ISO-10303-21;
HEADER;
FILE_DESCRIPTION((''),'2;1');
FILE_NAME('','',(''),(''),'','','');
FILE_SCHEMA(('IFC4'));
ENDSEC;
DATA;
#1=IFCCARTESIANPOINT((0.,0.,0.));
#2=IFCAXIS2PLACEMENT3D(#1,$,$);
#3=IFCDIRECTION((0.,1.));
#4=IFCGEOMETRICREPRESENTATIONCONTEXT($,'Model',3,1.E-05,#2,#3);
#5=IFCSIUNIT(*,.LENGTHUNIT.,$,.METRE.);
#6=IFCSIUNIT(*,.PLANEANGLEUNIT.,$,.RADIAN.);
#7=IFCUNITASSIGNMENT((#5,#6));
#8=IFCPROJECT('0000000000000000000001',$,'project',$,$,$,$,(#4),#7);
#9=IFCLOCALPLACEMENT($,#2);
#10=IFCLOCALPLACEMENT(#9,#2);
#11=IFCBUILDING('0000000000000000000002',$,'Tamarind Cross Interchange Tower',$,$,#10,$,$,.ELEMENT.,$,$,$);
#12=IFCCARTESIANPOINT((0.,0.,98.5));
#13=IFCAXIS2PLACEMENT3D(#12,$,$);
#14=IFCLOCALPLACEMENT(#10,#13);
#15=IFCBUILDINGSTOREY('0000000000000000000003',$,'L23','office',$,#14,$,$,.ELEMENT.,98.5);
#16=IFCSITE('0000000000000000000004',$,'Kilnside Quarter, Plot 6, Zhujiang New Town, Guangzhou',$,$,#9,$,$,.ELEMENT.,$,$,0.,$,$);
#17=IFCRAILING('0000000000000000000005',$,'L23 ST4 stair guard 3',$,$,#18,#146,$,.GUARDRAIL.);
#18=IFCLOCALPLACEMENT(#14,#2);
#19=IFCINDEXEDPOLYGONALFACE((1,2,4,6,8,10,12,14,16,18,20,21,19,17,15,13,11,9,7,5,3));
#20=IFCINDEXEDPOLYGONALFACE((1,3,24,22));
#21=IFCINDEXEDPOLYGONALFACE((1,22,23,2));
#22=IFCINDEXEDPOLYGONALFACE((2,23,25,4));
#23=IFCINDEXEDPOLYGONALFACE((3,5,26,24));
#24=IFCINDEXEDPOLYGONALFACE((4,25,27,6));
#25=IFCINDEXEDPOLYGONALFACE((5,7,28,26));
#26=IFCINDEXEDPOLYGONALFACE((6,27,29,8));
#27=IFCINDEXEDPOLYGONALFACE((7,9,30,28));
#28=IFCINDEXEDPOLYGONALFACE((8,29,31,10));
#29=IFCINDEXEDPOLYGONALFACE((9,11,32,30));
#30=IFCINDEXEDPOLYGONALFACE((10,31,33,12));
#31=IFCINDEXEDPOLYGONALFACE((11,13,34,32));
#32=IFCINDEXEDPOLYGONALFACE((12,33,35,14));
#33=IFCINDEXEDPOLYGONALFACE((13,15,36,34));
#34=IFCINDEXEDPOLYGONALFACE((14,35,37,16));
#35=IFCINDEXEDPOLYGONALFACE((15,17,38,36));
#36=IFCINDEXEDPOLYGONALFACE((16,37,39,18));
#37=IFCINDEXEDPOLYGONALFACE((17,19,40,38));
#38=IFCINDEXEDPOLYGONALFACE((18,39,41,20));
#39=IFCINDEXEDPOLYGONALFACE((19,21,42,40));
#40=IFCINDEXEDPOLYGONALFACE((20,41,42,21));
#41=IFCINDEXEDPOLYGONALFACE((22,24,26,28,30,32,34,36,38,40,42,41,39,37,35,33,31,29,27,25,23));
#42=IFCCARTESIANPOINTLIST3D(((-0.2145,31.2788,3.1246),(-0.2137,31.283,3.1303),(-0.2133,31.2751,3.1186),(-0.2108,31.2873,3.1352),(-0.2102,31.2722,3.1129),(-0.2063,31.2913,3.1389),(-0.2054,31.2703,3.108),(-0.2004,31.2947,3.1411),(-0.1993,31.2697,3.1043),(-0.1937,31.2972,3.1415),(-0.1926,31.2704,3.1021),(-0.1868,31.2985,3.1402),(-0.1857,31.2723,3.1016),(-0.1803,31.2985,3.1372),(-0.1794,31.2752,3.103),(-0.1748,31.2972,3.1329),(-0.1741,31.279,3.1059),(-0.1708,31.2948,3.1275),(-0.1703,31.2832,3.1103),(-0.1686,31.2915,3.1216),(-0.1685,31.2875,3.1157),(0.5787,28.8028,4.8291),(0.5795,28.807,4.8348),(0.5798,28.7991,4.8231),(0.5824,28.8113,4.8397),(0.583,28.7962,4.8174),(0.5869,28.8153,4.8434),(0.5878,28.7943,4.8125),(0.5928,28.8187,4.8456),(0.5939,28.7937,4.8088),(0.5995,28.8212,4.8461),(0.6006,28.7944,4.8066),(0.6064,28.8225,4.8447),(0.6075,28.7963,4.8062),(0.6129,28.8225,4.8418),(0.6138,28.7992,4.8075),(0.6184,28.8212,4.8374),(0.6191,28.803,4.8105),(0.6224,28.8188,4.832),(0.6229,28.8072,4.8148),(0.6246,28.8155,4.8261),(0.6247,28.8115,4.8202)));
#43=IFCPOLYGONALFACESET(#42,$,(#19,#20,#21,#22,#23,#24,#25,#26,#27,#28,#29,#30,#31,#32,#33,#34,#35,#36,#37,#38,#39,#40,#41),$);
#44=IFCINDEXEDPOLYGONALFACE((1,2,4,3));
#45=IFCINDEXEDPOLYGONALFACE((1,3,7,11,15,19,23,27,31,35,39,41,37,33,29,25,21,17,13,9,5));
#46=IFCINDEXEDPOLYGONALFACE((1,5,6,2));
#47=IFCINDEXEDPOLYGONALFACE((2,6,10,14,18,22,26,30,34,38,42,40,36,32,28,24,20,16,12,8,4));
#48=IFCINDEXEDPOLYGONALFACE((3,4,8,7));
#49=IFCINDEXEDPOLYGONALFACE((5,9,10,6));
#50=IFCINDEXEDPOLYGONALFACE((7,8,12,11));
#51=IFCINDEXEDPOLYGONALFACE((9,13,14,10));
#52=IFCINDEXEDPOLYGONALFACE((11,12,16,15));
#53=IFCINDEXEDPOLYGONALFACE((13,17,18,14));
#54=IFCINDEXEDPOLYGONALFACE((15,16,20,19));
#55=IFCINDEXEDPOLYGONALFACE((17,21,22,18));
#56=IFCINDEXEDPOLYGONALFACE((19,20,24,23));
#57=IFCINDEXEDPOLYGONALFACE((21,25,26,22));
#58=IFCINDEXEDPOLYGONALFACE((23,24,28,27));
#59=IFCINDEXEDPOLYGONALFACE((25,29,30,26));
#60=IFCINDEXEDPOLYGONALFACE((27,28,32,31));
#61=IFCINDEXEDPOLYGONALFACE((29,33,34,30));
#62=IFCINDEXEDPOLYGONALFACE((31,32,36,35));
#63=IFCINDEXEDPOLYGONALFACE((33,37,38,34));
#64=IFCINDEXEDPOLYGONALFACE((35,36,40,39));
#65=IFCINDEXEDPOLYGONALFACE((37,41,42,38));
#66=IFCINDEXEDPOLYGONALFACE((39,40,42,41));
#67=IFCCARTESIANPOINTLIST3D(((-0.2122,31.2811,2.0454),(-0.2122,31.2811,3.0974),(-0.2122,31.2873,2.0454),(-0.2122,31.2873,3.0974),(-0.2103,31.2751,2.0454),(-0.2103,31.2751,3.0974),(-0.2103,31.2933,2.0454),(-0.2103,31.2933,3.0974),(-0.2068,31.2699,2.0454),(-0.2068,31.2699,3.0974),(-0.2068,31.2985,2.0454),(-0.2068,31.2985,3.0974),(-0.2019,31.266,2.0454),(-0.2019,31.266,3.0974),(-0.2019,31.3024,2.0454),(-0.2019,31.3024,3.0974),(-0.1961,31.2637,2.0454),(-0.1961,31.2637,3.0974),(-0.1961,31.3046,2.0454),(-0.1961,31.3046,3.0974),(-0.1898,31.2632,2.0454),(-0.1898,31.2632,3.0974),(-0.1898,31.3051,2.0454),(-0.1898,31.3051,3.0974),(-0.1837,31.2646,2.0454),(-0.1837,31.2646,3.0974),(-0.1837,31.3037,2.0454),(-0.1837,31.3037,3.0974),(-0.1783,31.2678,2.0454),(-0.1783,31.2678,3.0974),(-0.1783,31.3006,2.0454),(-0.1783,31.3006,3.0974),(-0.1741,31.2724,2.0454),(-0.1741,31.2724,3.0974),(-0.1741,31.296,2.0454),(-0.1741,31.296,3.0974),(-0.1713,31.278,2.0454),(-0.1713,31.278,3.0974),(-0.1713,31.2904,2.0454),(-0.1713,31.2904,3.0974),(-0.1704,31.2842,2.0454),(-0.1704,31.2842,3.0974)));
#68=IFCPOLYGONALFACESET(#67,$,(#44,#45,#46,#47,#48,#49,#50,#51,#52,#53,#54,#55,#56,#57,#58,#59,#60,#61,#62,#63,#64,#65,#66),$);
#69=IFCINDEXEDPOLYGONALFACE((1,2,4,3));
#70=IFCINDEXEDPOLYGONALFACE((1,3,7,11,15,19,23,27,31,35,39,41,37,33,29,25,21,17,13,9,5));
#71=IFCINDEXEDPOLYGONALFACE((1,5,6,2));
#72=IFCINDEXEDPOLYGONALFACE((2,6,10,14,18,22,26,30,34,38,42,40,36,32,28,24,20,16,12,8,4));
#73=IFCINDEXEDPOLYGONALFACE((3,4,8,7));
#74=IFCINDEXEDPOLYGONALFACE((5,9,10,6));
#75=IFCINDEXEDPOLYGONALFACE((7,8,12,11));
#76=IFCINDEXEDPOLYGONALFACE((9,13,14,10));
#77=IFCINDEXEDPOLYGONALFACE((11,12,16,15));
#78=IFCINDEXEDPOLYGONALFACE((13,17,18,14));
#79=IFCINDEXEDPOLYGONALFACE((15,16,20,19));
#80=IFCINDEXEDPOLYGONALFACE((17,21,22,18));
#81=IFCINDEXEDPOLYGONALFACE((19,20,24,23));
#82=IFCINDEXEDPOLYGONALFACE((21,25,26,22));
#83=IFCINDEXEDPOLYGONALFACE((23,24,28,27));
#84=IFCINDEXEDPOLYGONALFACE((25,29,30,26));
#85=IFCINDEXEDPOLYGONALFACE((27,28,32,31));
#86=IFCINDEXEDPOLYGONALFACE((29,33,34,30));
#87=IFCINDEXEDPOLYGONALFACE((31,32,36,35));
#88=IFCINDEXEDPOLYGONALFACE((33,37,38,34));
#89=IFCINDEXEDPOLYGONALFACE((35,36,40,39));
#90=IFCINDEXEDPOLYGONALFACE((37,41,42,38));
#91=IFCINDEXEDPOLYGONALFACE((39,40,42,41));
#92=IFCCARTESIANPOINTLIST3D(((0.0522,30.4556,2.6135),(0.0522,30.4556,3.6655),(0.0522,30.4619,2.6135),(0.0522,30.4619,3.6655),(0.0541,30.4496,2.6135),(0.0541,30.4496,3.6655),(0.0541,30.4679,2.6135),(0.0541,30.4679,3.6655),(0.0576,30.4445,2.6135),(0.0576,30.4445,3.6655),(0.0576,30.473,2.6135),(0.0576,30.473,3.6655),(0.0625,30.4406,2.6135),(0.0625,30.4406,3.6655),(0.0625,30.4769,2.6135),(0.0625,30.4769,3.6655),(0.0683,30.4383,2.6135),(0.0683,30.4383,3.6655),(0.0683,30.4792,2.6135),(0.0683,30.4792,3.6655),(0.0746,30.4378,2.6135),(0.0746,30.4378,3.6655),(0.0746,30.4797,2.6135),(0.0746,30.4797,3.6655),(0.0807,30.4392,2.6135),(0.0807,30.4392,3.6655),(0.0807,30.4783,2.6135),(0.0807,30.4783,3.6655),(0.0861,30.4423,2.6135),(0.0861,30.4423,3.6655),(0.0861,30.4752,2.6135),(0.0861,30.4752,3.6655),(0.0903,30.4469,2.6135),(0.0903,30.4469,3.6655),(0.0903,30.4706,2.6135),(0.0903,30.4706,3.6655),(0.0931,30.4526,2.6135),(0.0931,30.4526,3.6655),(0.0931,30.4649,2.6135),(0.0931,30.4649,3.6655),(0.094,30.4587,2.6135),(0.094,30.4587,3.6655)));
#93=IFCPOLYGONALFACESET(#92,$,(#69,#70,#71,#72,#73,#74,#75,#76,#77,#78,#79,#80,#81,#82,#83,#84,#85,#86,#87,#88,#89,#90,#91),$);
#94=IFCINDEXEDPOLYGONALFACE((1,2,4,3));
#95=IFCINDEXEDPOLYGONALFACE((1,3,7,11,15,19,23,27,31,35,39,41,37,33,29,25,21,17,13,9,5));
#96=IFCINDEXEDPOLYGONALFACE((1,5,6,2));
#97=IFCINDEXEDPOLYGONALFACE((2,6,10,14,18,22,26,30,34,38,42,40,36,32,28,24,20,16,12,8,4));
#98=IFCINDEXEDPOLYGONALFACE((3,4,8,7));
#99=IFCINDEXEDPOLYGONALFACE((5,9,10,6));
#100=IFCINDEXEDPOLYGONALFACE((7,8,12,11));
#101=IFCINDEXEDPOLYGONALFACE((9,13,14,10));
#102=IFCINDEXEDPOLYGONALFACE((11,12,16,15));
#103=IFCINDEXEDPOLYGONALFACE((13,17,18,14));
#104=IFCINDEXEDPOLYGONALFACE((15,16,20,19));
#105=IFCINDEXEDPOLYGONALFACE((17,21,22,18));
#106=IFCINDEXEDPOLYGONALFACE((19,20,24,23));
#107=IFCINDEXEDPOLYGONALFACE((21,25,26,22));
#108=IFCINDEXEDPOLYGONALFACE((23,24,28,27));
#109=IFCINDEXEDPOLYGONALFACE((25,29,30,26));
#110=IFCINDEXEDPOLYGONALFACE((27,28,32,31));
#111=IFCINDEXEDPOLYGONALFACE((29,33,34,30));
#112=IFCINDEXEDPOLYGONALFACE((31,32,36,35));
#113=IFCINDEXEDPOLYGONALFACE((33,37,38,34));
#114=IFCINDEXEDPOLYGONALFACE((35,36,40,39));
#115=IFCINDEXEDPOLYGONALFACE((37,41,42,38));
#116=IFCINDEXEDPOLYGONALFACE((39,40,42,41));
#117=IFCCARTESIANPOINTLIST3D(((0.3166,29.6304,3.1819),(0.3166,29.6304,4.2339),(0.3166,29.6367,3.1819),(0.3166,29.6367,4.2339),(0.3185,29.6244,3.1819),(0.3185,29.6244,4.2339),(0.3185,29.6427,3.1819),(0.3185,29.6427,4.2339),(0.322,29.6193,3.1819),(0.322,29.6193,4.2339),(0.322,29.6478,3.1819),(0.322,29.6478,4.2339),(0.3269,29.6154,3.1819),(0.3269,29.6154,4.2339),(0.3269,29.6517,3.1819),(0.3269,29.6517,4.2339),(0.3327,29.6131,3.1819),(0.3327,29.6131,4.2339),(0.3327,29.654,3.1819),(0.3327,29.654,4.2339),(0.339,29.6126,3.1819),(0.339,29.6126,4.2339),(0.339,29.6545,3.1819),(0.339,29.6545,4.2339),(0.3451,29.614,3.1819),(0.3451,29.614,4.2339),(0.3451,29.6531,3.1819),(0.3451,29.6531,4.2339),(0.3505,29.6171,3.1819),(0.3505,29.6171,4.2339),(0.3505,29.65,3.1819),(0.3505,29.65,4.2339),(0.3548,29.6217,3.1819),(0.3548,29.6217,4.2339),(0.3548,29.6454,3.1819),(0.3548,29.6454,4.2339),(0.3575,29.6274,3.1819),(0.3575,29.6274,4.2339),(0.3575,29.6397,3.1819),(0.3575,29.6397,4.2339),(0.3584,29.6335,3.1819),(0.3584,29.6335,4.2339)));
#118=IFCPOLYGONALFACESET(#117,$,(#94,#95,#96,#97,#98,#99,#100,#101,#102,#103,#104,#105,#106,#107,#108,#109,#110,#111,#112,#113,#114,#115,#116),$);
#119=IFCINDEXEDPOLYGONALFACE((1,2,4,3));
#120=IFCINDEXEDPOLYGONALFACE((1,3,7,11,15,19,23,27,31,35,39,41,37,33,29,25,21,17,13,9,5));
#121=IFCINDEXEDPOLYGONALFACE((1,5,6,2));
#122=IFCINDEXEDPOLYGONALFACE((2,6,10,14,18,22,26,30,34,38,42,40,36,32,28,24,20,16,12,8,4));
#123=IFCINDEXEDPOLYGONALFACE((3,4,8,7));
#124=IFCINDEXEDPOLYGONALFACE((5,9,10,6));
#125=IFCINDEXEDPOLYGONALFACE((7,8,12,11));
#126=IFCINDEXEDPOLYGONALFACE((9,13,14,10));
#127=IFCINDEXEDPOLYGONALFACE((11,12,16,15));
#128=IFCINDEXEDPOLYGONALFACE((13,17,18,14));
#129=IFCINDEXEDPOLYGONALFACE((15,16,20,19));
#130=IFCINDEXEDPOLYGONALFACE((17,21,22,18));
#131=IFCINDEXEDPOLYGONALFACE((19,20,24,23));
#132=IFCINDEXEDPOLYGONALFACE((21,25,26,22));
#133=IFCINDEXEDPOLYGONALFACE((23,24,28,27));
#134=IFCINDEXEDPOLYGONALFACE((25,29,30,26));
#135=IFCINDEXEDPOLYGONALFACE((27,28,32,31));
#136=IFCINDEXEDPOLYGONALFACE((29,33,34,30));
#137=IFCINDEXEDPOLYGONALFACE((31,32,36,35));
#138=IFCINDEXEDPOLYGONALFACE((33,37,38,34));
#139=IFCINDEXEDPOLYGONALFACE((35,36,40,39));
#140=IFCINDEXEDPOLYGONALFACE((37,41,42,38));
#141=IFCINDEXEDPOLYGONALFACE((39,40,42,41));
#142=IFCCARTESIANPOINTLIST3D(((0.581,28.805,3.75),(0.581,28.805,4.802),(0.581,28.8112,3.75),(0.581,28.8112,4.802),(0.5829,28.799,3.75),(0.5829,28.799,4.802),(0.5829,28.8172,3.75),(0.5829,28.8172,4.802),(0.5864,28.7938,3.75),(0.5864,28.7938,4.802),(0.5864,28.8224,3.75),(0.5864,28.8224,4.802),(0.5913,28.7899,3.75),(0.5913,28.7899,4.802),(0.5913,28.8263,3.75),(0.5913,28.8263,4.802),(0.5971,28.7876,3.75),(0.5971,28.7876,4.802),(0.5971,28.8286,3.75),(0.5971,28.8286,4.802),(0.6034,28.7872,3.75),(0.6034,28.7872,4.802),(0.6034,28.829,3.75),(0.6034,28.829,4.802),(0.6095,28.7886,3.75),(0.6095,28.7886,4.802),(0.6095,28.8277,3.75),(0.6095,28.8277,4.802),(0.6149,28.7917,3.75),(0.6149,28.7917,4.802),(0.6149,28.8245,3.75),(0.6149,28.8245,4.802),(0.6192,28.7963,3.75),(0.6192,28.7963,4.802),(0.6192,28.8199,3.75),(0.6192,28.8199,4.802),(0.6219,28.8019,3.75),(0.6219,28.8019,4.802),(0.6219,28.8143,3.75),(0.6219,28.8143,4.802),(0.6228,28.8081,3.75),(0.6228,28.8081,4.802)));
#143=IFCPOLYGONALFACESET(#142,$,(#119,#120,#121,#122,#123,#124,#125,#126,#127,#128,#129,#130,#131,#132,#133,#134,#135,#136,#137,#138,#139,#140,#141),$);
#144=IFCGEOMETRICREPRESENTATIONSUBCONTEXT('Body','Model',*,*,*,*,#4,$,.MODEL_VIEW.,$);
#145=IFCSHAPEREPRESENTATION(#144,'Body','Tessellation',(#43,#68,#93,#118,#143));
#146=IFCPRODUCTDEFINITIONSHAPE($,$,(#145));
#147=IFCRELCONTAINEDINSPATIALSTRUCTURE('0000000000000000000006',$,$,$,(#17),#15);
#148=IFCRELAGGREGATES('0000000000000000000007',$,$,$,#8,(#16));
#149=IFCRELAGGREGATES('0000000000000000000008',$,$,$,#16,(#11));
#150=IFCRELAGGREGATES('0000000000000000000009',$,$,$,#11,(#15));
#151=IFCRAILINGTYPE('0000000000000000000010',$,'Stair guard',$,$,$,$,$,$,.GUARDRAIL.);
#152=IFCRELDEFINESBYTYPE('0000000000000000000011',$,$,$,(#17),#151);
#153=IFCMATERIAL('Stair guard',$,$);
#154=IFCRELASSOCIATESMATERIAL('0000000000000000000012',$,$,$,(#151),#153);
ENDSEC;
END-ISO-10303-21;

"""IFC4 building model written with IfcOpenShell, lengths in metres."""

from ifc_helpers import new_model, si_unit, direction, frame, origin, origin_2d, place, context, subcontext, project, spatial, circle, extrude, material, type_object, element, save


model = new_model("IFC4")

# Units and contexts
model_context = context("Model", 3, precision=1e-05, world=origin(), true_north=direction((0.0, 1.0)))
body_context = subcontext(model_context, "Body", "Model", "MODEL_VIEW")
ifc_project = project(units=[si_unit("LENGTHUNIT", "METRE"), si_unit("PLANEANGLEUNIT", "RADIAN")], contexts=[model_context])

# Site, building, storey
site_placement = place(None, origin())
site = spatial("IfcSite", under=ifc_project, at=site_placement, Name="Kilnside Quarter, Plot 6, Zhujiang New Town, Guangzhou", CompositionType="ELEMENT", RefElevation=0.0)
building_placement = place(site_placement, origin())
building = spatial("IfcBuilding", under=site, at=building_placement, Name="Tamarind Cross Interchange Tower", CompositionType="ELEMENT")
storey_placement = place(building_placement, frame((0.0, 0.0, 98.5)))
storey = spatial("IfcBuildingStorey", under=building, at=storey_placement, Name="L23", Description="office", CompositionType="ELEMENT", Elevation=98.5)

# Railing
ifc_material_1 = material(Name="Stair guard")
railing_type_1 = type_object("IfcRailingType", Name="Stair guard", PredefinedType="GUARDRAIL", material=ifc_material_1)
railing_1_placement = place(storey_placement, frame((-0.1914, 31.2842, 2.0454)))
element("IfcRailing", 1, at=railing_1_placement, inside=storey, type_object=railing_type_1, Name="L23 ST4 stair guard 3", PredefinedType="GUARDRAIL", context=body_context, shape_type="SweptSolid", body=[
    extrude(circle(Radius=0.0239, at=origin_2d()), frame((0.0, 0.0, 1.0762), z_axis=(0.255136, -0.796427, 0.548279), x_axis=(0.952327, 0.305079, 0.0)), (0.0, 0.0, 1.0), 3.1089),
    extrude(circle(Radius=0.021, at=origin_2d()), origin(), (0.0, 0.0, 1.0), 1.052),
    extrude(circle(Radius=0.021, at=origin_2d()), frame((0.2644, -0.8254, 0.5681)), (0.0, 0.0, 1.0), 1.052),
    extrude(circle(Radius=0.021, at=origin_2d()), frame((0.5288, -1.6506, 1.1365)), (0.0, 0.0, 1.0), 1.052),
    extrude(circle(Radius=0.021, at=origin_2d()), frame((0.7932, -2.4761, 1.7046)), (0.0, 0.0, 1.0), 1.052),
])

save(model, "model.ifc")
